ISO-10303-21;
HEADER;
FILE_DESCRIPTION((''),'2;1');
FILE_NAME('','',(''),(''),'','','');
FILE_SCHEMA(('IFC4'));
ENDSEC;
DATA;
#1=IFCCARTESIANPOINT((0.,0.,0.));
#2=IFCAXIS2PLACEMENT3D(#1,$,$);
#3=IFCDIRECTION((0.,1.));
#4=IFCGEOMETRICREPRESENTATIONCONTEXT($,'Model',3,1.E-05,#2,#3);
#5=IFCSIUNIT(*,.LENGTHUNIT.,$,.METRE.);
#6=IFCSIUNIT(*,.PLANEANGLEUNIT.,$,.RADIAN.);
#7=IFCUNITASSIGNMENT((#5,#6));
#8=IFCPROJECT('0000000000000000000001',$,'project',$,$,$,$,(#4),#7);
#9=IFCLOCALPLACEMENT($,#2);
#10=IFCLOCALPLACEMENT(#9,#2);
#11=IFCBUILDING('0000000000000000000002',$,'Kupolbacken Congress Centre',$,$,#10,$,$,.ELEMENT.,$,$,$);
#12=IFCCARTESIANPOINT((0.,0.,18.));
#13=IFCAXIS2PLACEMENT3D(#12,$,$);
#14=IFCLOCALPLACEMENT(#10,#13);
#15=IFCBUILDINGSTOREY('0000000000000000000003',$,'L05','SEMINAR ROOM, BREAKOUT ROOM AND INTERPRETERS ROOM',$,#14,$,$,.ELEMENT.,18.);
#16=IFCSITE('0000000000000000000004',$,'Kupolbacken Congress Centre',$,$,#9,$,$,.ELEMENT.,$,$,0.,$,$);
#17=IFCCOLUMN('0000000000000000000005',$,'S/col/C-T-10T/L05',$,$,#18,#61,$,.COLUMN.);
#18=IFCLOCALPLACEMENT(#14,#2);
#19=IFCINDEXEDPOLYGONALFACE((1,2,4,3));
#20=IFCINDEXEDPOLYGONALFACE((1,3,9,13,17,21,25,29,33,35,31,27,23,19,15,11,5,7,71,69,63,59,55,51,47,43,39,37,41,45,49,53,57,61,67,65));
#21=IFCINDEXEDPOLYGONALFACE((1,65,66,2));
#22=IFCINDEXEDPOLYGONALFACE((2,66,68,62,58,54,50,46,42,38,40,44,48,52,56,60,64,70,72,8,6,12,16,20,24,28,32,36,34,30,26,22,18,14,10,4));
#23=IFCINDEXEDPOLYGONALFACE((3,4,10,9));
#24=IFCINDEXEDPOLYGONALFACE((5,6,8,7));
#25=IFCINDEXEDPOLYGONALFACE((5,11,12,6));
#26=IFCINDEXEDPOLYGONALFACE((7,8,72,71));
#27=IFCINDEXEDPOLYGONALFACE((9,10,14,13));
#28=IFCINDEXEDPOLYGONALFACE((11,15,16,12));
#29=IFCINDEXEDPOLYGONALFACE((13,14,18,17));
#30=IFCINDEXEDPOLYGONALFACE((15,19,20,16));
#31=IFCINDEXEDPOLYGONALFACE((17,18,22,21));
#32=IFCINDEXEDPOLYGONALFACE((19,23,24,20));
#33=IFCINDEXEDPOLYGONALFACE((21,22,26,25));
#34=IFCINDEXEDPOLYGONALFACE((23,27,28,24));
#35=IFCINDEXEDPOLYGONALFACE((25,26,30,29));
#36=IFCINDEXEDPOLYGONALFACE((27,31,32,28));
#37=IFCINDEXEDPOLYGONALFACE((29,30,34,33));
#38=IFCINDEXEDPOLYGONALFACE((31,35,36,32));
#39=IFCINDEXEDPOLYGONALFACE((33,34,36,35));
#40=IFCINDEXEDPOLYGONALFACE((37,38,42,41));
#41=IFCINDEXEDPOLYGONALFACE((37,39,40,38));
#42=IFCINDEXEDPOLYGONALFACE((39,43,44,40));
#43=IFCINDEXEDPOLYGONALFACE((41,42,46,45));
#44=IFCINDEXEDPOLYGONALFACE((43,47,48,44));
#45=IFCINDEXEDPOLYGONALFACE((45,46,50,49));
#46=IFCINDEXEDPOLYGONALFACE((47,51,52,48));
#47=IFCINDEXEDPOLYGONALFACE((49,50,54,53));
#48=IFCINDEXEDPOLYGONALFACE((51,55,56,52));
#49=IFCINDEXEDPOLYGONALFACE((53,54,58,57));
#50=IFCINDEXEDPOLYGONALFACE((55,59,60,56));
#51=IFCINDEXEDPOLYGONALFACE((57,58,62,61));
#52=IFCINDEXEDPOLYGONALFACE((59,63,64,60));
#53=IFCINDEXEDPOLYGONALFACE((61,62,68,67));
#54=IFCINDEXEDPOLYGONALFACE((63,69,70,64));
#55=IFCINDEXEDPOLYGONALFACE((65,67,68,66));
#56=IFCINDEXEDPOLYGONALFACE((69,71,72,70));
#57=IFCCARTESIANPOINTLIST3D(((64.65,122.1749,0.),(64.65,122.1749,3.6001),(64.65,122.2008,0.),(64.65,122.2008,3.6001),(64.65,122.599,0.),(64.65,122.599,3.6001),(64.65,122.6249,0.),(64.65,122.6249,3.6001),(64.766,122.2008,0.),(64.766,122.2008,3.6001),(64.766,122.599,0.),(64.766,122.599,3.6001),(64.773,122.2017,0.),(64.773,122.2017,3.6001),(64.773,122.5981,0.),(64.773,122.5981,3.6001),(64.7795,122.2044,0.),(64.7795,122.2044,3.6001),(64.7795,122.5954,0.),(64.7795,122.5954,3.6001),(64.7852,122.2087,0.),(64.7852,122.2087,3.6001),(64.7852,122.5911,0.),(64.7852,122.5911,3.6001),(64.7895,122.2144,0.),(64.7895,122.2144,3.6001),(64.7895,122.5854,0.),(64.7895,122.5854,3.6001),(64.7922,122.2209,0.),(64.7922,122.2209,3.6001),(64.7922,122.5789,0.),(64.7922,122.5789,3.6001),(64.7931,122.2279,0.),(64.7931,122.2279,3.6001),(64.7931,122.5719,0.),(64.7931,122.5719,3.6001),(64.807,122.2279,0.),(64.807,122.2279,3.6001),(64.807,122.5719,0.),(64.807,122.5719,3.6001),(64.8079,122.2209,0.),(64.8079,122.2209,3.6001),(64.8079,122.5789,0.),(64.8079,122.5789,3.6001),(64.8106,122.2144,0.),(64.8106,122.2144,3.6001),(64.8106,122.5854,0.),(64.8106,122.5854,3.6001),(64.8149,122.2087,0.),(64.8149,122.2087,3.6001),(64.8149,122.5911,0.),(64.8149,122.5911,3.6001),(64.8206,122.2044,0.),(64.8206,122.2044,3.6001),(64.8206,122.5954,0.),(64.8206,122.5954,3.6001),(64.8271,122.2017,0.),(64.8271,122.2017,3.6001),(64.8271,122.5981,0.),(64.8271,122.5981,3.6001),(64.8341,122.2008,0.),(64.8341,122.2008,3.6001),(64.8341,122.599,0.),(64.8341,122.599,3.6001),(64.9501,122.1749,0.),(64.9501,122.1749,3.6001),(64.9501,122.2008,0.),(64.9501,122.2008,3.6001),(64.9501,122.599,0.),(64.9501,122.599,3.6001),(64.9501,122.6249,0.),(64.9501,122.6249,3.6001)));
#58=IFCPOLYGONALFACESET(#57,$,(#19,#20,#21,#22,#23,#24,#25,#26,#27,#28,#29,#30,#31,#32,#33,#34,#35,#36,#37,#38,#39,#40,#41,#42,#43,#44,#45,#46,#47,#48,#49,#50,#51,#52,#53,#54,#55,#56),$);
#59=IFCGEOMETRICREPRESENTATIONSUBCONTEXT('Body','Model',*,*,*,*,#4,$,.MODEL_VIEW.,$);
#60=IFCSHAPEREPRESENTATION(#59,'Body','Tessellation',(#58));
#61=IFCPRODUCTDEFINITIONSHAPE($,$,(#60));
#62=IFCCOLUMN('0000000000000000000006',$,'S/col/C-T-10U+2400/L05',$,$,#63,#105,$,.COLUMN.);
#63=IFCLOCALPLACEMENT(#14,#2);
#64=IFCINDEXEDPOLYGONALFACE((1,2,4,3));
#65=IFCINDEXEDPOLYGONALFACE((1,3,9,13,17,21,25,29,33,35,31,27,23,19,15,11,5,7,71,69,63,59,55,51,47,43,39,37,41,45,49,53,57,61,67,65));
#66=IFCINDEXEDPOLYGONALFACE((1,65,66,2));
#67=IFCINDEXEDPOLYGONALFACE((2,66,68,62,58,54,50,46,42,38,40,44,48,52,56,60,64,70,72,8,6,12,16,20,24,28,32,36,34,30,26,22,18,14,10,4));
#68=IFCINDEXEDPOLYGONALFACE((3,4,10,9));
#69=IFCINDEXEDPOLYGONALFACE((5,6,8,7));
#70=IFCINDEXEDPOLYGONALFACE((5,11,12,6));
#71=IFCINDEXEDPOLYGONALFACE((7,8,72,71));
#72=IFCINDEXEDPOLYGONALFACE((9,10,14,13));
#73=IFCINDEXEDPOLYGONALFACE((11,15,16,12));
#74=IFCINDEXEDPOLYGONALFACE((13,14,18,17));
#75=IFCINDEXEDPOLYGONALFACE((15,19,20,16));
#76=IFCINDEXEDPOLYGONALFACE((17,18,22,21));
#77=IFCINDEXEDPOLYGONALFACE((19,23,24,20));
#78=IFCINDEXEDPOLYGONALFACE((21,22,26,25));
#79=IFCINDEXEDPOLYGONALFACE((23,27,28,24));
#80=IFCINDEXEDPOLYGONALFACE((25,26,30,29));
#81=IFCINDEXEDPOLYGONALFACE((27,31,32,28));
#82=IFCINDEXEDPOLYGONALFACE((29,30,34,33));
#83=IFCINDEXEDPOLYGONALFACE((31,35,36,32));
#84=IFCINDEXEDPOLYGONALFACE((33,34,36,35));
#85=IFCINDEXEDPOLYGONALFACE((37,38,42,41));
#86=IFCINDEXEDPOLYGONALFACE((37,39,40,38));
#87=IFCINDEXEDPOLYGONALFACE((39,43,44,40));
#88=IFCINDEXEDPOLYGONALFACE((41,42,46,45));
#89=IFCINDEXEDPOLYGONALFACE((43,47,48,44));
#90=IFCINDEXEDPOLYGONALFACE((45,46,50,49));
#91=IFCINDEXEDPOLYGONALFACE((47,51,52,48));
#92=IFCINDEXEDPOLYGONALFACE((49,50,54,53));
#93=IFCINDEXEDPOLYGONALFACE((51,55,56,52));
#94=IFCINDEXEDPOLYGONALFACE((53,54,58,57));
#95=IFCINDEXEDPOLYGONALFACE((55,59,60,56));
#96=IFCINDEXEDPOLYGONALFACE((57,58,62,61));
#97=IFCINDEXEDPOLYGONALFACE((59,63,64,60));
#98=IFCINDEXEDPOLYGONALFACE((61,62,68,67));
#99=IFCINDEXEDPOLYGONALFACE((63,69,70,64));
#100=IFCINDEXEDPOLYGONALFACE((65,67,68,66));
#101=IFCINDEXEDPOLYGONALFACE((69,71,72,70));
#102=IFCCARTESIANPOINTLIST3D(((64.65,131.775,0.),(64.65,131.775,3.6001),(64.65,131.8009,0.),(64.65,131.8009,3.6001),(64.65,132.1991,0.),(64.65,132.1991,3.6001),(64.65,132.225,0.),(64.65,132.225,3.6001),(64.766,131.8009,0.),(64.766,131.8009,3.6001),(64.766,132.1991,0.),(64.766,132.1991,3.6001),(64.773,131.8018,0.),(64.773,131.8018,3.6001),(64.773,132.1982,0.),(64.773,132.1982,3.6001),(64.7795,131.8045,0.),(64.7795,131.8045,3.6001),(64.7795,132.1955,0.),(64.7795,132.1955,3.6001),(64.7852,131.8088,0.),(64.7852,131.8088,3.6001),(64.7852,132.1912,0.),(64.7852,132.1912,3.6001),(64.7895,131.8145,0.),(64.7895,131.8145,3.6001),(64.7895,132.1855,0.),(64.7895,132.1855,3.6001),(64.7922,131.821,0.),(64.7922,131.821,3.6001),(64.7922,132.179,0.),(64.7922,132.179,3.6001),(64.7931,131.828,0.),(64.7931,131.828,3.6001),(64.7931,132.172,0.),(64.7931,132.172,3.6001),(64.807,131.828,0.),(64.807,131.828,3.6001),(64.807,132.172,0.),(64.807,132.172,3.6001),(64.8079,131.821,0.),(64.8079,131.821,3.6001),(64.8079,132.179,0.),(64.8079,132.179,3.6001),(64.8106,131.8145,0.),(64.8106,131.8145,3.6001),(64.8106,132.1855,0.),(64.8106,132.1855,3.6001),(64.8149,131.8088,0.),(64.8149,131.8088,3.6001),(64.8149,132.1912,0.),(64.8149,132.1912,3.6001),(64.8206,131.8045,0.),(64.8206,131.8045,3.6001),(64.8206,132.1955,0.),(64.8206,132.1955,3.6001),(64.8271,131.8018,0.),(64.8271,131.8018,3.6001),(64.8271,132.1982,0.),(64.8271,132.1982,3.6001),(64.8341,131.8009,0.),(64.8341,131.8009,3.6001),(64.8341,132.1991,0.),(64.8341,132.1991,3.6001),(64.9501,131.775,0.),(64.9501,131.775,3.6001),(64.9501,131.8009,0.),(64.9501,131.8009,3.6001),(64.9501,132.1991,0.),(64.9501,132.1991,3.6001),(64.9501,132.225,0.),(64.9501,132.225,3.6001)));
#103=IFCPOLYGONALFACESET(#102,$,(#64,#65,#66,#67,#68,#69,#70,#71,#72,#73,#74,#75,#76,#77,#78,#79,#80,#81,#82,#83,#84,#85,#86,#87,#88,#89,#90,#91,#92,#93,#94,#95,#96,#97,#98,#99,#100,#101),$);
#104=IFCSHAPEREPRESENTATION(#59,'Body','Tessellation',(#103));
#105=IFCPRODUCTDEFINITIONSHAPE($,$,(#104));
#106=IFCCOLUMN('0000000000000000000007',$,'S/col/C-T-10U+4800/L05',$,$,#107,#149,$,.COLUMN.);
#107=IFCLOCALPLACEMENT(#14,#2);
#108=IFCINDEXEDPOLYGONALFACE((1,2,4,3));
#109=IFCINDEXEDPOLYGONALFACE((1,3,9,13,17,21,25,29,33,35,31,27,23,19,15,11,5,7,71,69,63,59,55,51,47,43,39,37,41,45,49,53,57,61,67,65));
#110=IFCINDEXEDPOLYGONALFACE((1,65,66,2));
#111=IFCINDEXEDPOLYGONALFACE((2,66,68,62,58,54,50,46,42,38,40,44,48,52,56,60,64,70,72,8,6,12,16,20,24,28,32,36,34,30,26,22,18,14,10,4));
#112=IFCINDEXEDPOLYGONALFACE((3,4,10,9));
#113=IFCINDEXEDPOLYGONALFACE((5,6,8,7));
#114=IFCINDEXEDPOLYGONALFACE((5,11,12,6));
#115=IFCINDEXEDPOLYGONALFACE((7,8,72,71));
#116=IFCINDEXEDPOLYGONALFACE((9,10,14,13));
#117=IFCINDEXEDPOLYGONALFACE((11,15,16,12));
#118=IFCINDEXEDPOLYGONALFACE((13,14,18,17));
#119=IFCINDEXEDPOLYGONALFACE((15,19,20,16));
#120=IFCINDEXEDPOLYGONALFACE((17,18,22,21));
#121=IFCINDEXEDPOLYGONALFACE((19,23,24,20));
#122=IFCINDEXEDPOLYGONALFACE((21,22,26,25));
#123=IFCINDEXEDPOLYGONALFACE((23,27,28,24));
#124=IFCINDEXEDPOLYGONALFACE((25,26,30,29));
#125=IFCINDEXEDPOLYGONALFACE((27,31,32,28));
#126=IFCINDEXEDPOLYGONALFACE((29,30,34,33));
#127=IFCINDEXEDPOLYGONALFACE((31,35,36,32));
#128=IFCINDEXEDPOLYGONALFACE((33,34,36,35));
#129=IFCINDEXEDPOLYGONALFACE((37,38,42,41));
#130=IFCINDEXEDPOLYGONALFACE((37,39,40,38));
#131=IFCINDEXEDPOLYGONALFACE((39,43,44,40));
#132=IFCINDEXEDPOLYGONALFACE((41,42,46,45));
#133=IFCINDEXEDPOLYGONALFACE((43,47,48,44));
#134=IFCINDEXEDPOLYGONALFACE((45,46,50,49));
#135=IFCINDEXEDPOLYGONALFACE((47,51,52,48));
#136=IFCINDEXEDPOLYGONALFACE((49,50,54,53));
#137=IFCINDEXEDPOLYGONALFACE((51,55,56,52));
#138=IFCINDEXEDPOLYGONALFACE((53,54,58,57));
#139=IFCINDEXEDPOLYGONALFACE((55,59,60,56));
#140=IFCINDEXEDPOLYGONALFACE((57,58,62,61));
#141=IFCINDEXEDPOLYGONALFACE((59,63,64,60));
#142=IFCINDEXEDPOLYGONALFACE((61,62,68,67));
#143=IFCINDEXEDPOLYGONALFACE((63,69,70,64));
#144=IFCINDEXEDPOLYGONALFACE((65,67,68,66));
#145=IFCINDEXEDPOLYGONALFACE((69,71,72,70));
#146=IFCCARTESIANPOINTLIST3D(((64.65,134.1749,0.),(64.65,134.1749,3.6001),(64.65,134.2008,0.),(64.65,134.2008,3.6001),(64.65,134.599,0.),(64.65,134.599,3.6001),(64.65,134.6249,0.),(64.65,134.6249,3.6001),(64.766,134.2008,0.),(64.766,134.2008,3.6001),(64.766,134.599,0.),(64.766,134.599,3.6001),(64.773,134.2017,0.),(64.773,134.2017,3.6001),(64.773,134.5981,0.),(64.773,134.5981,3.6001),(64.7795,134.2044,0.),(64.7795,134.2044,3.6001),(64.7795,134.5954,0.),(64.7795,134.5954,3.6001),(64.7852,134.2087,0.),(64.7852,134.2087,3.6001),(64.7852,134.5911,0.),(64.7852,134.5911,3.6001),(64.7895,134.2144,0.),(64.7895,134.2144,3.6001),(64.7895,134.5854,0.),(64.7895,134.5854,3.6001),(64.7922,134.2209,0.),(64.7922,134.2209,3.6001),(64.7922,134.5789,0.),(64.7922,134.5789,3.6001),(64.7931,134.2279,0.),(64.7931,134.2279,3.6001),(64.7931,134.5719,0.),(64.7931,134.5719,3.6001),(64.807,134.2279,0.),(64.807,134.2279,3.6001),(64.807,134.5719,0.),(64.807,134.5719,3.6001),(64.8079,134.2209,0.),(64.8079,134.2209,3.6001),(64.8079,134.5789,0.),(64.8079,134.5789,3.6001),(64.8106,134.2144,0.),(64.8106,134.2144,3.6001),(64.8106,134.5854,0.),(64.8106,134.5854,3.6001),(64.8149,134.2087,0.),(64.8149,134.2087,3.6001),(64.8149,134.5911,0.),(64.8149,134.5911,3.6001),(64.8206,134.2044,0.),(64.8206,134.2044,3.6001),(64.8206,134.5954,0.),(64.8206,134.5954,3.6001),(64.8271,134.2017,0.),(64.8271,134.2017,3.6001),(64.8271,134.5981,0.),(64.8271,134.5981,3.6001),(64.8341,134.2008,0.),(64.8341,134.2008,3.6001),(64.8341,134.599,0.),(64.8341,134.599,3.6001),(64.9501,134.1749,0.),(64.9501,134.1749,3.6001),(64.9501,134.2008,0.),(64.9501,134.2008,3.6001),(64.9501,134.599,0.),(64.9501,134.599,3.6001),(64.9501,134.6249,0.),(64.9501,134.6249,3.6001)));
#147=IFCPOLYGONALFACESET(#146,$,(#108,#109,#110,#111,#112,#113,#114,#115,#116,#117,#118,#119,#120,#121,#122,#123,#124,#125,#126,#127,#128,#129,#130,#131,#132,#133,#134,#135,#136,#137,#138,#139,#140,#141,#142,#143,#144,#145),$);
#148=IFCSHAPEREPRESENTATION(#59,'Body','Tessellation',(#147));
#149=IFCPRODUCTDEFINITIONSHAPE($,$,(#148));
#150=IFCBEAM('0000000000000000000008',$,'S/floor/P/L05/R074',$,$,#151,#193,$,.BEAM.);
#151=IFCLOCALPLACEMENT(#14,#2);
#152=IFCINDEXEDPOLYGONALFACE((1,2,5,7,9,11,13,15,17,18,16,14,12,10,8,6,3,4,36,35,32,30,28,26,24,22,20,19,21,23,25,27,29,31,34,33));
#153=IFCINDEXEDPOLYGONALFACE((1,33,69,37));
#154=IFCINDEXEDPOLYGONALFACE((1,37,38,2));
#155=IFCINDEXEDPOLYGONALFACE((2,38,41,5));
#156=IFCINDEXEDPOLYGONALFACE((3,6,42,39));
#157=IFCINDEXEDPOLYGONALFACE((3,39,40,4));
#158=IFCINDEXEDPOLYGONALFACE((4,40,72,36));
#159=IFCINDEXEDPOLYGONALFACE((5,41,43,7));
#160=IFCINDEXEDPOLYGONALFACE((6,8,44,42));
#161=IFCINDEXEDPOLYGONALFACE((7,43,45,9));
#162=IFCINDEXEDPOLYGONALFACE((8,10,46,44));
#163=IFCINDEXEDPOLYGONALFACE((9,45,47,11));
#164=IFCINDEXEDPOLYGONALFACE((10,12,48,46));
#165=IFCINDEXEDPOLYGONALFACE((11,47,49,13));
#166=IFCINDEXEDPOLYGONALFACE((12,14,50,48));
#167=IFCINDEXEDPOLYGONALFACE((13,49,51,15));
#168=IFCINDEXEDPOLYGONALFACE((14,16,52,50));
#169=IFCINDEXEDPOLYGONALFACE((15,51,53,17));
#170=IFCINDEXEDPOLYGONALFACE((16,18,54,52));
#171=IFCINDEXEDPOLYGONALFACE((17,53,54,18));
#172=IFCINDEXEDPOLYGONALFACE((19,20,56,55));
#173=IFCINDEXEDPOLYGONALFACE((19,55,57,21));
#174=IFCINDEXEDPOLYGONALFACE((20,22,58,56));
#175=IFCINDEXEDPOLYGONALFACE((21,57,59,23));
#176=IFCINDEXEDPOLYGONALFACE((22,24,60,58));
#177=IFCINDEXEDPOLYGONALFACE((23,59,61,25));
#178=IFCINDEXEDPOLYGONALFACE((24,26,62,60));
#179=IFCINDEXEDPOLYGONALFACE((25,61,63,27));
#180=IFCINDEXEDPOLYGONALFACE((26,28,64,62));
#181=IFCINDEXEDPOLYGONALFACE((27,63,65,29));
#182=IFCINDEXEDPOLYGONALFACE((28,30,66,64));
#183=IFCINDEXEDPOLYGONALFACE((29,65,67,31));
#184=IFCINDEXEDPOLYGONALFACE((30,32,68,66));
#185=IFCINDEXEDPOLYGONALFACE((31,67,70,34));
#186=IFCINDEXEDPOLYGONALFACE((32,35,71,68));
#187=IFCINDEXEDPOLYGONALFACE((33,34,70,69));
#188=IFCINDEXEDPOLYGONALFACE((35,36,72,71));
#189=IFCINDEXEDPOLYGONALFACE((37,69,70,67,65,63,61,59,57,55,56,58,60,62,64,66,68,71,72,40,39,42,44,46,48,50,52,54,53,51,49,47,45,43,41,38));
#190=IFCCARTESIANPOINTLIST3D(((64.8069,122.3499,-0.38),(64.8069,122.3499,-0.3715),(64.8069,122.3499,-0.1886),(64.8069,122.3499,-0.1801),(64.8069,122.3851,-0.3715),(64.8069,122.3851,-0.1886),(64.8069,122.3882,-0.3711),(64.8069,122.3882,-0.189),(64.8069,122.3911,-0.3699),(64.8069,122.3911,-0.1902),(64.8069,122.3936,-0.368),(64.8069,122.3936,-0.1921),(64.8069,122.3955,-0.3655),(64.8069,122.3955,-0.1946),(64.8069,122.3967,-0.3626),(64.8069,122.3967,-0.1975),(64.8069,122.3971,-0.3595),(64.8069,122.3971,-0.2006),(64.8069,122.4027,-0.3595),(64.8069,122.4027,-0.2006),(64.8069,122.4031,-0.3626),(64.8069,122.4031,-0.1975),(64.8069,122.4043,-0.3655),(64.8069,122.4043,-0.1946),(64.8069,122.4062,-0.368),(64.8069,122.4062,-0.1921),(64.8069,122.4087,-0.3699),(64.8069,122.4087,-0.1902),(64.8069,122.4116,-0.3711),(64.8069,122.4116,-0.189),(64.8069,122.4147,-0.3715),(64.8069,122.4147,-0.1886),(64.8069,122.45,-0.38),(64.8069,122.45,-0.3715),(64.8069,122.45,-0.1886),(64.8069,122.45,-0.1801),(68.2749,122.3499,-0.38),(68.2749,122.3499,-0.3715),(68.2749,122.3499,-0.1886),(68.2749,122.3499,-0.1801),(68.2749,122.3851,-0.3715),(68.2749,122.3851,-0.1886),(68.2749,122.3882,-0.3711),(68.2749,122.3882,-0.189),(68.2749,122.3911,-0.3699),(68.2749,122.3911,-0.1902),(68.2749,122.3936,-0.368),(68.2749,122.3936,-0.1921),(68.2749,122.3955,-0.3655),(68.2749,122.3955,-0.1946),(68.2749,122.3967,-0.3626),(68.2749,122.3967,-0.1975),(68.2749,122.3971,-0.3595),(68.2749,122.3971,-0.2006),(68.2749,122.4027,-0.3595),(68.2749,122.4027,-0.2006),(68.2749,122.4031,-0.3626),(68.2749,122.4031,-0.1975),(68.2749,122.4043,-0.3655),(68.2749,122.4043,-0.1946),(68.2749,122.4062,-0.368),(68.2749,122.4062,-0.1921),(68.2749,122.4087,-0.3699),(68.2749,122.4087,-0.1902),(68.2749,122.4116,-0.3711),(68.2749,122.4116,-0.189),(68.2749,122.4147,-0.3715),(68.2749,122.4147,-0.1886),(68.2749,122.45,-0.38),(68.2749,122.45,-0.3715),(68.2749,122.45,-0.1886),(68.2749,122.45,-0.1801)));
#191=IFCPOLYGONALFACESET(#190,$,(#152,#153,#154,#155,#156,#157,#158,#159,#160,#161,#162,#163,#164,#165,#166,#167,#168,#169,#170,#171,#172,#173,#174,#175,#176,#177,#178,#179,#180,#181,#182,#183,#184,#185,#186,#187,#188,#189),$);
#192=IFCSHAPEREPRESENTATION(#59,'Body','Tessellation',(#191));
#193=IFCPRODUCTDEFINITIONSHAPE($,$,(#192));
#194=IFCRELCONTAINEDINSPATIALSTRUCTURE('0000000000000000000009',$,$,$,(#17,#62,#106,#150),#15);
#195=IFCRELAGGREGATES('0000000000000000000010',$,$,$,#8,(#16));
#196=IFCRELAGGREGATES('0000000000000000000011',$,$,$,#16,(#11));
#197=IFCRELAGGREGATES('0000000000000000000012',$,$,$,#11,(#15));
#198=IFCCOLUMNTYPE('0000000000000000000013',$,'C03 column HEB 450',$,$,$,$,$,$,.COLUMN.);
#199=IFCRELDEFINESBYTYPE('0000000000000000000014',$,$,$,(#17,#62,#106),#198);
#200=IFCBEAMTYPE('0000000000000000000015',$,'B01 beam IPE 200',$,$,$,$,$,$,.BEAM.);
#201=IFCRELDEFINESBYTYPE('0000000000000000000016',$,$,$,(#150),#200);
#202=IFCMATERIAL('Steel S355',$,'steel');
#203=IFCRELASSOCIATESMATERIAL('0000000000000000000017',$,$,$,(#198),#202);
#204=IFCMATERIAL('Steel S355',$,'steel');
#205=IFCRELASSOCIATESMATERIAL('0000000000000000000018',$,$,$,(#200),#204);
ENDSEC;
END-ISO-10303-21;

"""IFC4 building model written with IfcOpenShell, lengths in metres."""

from ifc_helpers import new_model, si_unit, direction, frame, origin, origin_2d, place, context, subcontext, project, spatial, i_section, extrude, material, material_profile, profile_set, type_object, element, save


model = new_model("IFC4")

# Units and contexts
model_context = context("Model", 3, precision=1e-05, world=origin(), true_north=direction((0.0, 1.0)))
body_context = subcontext(model_context, "Body", "Model", "MODEL_VIEW")
ifc_project = project(units=[si_unit("LENGTHUNIT", "METRE"), si_unit("PLANEANGLEUNIT", "RADIAN")], contexts=[model_context])

# Site, building, storey
site_placement = place(None, origin())
site = spatial("IfcSite", under=ifc_project, at=site_placement, Name="Kupolbacken Congress Centre", CompositionType="ELEMENT", RefElevation=0.0)
building_placement = place(site_placement, origin())
building = spatial("IfcBuilding", under=site, at=building_placement, Name="Kupolbacken Congress Centre", CompositionType="ELEMENT")
storey_placement = place(building_placement, frame((0.0, 0.0, 18.0)))
storey = spatial("IfcBuildingStorey", under=building, at=storey_placement, Name="L05", Description="SEMINAR ROOM, BREAKOUT ROOM AND INTERPRETERS ROOM", CompositionType="ELEMENT", Elevation=18.0)

# Columns
ifc_material_1 = material(Name="Steel S355", Category="steel")
ifc_material_profile_1 = material_profile(ifc_material_1, i_section(OverallWidth=0.3, OverallDepth=0.45, WebThickness=0.0139, FlangeThickness=0.0259, FilletRadius=0.0271, at=origin_2d()), Name="HEB 450")
ifc_profile_set_1 = profile_set([ifc_material_profile_1], Name="Steel S355")
column_type = type_object("IfcColumnType", Name="C03 column HEB 450", PredefinedType="COLUMN", material=ifc_profile_set_1)
for number, where, z_axis, x_axis, name in (
    (1, (64.8, 122.3999, 0.0), (0.0, 0.0, 1.0), (1.0, 0.0, 0.0), "S/col/C-T-10T/L05"),
    (2, (64.8, 132.0, 0.0), (0.0, 0.0, 1.0), (1.0, 0.0, 0.0), "S/col/C-T-10U+2400/L05"),
    (3, (64.8, 134.3999, 0.0), (0.0, 0.0, 1.0), (1.0, 0.0, 0.0), "S/col/C-T-10U+4800/L05"),
):
    element("IfcColumn", number, at=place(storey_placement, frame(where, z_axis=z_axis, x_axis=x_axis)), inside=storey, type_object=column_type, Name=name, PredefinedType="COLUMN", context=body_context, shape_type="SweptSolid", body=[
        extrude(i_section(OverallWidth=0.3, OverallDepth=0.45, WebThickness=0.0139, FlangeThickness=0.0259, FilletRadius=0.0271, at=origin_2d()), origin(), (0.0, 0.0, 1.0), 3.6001),
    ])

# Beam
ifc_material_2 = material(Name="Steel S355", Category="steel")
ifc_material_profile_2 = material_profile(ifc_material_2, i_section(OverallWidth=0.1001, OverallDepth=0.2, WebThickness=0.0056, FlangeThickness=0.0085, FilletRadius=0.012, at=origin_2d()), Name="IPE 200")
ifc_profile_set_2 = profile_set([ifc_material_profile_2], Name="Steel S355")
beam_type_1 = type_object("IfcBeamType", Name="B01 beam IPE 200", PredefinedType="BEAM", material=ifc_profile_set_2)
beam_1_placement = place(storey_placement, frame((64.8069, 122.3999, -0.28), z_axis=(1.0, 0.0, 0.0), x_axis=(0.0, 1.0, 0.0)))
element("IfcBeam", 4, at=beam_1_placement, inside=storey, type_object=beam_type_1, Name="S/floor/P/L05/R074", PredefinedType="BEAM", context=body_context, shape_type="SweptSolid", body=[
    extrude(i_section(OverallWidth=0.1001, OverallDepth=0.2, WebThickness=0.0056, FlangeThickness=0.0085, FilletRadius=0.012, at=origin_2d()), origin(), (0.0, 0.0, 1.0), 3.468),
])

save(model, "model.ifc")
